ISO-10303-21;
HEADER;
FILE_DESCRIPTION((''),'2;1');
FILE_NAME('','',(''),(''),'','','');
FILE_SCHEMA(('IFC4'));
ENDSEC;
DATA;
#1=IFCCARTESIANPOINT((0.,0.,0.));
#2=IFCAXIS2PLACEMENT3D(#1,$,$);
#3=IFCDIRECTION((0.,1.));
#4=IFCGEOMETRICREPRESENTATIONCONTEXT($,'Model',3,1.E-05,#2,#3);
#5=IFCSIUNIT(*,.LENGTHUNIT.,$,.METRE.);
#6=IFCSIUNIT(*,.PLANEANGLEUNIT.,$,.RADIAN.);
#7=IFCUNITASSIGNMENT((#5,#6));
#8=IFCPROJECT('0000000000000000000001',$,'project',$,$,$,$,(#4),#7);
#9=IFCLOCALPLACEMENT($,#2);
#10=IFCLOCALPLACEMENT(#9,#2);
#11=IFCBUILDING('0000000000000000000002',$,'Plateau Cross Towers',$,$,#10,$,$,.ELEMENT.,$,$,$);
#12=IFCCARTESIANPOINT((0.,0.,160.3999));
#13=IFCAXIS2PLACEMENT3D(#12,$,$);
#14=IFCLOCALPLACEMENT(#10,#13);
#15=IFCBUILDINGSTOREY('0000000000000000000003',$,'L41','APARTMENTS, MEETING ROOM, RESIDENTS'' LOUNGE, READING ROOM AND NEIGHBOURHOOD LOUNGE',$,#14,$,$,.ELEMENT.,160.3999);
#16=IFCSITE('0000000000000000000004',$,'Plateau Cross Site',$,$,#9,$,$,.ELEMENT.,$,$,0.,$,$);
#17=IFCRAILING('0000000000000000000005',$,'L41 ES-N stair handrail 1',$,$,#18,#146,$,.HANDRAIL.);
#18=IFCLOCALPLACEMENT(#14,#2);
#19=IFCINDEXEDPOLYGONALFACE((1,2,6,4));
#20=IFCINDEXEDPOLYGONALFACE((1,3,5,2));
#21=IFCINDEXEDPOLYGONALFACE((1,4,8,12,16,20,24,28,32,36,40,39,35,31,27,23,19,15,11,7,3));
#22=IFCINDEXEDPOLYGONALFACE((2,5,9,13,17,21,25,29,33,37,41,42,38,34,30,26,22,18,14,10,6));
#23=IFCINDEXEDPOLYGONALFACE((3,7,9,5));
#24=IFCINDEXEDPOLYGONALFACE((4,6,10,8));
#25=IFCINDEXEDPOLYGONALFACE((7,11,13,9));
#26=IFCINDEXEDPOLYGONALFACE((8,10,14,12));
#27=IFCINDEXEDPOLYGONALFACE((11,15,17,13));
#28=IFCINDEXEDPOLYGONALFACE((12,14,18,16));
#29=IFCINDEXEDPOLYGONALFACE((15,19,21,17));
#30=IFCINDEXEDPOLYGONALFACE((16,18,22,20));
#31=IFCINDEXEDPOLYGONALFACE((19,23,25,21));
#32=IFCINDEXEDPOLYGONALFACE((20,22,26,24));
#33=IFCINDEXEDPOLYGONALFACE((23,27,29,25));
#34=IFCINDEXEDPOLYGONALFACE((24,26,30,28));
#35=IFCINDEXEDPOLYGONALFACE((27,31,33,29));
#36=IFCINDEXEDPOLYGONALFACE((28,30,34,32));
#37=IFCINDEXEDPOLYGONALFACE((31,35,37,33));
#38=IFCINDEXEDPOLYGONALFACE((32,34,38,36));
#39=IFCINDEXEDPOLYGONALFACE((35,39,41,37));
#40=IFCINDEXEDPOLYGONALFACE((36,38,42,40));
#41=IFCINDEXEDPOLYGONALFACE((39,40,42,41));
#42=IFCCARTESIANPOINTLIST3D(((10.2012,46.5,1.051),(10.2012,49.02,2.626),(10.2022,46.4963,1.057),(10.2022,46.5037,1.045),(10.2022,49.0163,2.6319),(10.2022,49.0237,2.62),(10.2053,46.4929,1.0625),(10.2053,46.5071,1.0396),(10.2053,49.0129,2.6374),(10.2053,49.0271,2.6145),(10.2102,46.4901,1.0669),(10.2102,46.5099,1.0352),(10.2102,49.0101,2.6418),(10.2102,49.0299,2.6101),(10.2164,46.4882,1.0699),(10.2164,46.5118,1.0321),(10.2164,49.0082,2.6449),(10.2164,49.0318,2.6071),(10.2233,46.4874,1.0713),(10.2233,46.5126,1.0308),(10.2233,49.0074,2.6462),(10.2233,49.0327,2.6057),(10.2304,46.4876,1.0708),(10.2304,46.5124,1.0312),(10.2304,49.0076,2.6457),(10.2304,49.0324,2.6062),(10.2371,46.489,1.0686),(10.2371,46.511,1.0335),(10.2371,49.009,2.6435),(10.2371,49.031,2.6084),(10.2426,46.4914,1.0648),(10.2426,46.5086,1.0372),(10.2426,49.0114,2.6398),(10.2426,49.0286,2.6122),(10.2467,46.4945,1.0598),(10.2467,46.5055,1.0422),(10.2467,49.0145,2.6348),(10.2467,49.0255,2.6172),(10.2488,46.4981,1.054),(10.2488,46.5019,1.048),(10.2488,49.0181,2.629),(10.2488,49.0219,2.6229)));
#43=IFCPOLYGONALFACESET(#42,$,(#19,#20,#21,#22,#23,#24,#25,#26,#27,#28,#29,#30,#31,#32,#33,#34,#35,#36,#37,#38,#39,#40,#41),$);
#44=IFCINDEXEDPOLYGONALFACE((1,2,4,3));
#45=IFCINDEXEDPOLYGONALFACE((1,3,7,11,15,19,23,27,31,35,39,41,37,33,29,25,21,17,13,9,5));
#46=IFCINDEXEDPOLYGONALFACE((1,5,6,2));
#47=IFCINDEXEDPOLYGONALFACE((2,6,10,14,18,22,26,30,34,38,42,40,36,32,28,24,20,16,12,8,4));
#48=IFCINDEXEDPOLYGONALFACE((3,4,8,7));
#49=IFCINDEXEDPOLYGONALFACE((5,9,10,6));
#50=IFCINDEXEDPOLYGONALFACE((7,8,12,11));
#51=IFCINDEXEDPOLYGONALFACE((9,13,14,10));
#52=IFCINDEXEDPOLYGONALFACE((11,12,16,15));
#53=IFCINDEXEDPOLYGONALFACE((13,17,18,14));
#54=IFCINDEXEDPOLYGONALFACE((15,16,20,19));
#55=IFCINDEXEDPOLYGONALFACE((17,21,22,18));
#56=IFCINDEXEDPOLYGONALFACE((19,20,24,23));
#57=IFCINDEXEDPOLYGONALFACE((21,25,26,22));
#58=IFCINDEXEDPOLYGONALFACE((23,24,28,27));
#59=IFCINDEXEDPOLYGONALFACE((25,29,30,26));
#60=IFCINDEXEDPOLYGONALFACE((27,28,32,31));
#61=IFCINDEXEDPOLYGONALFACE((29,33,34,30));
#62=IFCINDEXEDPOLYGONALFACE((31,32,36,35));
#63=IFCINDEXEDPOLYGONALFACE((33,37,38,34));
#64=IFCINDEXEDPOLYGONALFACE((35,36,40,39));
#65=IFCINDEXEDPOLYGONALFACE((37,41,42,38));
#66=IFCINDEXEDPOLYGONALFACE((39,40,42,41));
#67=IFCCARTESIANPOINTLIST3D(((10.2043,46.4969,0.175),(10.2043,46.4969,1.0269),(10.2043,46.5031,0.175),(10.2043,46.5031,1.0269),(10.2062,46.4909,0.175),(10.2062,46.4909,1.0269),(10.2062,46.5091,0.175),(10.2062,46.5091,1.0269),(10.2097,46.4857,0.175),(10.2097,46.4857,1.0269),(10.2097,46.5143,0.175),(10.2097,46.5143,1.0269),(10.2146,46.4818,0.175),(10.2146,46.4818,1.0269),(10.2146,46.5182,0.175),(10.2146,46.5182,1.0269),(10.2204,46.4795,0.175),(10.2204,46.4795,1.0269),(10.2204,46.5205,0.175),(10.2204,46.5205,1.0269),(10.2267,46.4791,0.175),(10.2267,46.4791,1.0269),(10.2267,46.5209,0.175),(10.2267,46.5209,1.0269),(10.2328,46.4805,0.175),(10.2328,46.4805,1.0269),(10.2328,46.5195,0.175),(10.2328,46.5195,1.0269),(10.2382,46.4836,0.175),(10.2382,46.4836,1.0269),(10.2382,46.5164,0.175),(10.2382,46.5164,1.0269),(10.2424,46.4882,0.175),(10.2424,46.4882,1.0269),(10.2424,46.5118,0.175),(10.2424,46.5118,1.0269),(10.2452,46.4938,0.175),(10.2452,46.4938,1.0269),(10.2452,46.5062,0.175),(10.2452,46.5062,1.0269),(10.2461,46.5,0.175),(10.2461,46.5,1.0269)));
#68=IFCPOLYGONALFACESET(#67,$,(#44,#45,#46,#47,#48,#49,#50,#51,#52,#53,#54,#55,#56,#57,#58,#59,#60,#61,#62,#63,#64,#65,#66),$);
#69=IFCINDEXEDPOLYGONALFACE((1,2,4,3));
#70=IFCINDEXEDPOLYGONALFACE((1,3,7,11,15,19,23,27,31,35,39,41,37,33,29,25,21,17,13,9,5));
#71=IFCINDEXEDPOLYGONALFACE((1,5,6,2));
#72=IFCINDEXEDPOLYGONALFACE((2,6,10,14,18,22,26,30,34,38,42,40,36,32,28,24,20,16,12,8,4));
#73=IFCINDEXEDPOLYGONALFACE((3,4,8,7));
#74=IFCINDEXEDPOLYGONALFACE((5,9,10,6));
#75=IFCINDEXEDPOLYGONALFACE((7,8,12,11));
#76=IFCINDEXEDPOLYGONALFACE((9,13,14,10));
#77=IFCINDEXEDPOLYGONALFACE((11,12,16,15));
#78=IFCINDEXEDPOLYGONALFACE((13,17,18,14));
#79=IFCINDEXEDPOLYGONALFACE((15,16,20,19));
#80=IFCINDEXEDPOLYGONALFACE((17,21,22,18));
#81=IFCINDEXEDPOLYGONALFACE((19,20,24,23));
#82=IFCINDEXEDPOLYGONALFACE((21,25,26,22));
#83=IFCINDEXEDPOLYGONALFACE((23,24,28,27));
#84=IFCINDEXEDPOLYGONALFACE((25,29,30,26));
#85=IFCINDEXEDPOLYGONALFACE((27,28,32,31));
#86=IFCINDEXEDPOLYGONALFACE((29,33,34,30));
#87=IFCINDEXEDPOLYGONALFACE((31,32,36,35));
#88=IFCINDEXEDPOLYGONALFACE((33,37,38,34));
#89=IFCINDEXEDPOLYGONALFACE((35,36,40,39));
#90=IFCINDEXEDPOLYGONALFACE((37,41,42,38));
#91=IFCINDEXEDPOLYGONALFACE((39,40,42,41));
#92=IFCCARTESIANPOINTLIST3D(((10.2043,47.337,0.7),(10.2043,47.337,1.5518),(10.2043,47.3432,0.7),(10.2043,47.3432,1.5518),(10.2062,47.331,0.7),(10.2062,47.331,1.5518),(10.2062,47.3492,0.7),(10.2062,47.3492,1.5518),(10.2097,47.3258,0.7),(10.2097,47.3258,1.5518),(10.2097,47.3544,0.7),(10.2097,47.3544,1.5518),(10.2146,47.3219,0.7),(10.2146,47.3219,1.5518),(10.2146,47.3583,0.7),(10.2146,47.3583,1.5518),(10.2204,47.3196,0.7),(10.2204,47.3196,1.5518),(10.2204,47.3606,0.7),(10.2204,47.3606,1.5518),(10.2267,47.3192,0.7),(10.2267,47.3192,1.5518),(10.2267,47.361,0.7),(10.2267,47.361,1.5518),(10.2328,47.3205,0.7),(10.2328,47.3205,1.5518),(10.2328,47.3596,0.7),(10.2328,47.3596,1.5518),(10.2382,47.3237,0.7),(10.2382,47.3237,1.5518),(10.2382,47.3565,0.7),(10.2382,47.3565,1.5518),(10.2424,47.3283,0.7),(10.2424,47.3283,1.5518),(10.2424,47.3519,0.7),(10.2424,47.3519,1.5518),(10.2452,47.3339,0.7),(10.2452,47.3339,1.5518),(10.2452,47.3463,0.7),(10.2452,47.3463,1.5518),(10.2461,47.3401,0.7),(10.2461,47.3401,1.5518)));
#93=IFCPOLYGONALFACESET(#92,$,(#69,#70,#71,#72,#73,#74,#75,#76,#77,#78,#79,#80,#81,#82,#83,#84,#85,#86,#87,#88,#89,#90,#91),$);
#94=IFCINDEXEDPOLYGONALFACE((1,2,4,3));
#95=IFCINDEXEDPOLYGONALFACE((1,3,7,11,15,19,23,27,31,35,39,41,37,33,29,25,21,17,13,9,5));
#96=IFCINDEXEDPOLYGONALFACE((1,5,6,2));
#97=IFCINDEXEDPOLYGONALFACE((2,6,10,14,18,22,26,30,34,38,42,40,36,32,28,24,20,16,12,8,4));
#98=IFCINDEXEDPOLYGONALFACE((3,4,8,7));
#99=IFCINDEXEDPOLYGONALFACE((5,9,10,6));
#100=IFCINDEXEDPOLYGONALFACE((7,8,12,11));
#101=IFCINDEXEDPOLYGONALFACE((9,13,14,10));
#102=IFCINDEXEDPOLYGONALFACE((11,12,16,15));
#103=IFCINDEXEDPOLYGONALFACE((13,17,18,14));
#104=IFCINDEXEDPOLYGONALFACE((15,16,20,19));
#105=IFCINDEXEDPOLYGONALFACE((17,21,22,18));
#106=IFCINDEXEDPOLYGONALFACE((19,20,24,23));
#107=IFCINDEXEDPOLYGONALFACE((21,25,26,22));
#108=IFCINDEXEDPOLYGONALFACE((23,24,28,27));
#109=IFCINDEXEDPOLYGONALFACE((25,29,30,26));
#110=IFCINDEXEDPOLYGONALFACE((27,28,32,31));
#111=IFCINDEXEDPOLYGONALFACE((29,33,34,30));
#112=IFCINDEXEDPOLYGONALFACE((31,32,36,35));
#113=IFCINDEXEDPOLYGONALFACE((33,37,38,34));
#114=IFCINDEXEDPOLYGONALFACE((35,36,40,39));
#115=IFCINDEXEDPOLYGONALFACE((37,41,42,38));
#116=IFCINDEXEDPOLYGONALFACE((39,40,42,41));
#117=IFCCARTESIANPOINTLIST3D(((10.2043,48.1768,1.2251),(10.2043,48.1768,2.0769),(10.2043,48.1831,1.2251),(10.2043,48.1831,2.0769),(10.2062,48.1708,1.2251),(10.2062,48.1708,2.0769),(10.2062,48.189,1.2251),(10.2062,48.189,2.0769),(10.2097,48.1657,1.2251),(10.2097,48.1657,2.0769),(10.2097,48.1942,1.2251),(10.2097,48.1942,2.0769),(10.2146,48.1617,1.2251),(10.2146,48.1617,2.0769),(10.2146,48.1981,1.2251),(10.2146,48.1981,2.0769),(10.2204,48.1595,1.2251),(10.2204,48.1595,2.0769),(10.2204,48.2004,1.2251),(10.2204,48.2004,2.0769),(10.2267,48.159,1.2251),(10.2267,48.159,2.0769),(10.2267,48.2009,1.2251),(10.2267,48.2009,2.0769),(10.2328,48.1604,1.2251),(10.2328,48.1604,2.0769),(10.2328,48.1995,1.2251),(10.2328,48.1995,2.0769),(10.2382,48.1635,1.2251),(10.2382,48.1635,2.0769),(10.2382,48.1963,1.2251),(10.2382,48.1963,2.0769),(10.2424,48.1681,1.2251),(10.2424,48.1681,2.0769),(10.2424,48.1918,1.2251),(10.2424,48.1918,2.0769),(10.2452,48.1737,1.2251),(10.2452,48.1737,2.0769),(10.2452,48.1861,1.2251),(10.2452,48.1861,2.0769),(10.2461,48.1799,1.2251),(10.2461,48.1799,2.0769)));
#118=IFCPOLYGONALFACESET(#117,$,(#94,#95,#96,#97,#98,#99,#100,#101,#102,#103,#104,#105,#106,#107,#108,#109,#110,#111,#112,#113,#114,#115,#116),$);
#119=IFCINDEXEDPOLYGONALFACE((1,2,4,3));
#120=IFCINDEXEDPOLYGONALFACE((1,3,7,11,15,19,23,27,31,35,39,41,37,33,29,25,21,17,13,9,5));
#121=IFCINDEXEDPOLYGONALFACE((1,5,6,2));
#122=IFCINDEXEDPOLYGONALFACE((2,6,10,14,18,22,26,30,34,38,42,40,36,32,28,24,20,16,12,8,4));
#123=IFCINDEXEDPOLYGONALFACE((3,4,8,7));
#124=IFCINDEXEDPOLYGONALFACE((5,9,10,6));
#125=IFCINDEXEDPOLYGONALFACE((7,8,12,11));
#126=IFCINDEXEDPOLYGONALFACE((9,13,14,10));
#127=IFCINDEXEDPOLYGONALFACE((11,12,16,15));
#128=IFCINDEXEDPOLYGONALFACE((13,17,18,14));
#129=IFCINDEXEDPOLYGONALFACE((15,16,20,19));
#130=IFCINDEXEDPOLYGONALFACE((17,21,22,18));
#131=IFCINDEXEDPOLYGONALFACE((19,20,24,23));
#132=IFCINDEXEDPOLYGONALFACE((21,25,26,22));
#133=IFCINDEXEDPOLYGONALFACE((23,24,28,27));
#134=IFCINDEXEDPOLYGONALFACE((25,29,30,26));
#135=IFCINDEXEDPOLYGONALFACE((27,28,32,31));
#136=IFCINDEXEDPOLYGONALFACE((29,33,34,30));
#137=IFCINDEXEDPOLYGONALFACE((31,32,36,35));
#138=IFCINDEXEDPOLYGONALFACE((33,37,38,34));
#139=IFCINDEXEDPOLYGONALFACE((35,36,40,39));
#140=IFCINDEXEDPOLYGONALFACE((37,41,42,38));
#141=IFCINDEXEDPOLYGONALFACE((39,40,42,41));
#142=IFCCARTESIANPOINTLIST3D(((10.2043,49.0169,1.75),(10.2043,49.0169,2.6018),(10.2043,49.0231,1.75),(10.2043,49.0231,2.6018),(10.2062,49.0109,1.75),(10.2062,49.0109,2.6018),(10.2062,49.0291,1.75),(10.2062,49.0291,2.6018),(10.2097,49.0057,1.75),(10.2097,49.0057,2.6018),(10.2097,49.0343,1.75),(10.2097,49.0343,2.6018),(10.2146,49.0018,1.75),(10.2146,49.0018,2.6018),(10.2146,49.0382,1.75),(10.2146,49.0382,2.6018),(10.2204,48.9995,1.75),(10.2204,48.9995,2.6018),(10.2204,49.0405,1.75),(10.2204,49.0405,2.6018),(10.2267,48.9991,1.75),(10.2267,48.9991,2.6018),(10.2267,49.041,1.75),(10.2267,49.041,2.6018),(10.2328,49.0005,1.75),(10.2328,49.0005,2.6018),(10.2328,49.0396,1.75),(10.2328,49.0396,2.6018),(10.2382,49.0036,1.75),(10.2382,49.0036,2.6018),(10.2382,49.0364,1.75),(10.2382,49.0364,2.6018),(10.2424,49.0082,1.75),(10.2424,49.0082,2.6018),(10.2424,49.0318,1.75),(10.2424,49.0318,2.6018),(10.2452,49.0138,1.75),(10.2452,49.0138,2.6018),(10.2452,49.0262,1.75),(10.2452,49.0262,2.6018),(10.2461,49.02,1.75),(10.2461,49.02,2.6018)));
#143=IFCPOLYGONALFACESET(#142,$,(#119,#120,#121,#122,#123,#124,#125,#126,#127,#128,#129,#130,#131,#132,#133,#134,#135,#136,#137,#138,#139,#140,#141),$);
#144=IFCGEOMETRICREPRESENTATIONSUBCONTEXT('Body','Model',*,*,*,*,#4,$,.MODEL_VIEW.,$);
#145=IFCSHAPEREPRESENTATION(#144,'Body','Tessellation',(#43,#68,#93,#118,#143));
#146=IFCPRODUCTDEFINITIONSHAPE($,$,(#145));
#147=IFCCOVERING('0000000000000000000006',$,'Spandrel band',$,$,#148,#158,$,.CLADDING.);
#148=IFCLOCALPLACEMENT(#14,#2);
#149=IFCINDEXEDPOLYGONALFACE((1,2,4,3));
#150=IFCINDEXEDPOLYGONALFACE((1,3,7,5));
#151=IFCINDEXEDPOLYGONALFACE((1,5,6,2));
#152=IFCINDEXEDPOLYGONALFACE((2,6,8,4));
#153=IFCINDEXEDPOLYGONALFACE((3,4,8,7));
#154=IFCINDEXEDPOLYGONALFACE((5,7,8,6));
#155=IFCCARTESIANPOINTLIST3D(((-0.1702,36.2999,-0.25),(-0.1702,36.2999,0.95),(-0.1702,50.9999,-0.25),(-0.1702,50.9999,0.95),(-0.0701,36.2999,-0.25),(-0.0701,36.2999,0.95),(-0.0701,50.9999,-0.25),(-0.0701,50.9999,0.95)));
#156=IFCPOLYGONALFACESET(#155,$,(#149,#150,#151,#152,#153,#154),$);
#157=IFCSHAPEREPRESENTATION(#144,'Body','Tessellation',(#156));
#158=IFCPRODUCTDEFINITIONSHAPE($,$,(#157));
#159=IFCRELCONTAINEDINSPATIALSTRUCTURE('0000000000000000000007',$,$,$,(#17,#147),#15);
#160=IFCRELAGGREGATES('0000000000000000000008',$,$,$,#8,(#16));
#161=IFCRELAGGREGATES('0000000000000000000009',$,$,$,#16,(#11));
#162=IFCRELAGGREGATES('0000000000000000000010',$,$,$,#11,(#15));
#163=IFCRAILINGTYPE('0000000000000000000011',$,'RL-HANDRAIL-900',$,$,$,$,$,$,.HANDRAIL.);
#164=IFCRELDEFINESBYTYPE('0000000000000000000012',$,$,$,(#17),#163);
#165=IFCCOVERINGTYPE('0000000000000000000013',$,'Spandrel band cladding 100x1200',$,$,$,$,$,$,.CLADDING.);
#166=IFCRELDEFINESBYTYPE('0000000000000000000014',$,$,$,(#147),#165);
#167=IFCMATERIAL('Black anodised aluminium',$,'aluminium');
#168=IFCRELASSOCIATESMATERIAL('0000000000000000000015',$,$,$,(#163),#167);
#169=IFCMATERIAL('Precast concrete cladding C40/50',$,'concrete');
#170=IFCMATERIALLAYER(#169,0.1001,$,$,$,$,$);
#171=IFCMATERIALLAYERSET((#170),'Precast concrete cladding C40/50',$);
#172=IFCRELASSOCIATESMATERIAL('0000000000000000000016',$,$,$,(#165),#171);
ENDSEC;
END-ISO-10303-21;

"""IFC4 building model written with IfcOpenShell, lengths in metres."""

from ifc_helpers import new_model, si_unit, direction, frame, origin, origin_2d, place, context, subcontext, project, spatial, rectangle, circle, extrude, material, layer, layer_set, type_object, element, save


model = new_model("IFC4")

# Units and contexts
model_context = context("Model", 3, precision=1e-05, world=origin(), true_north=direction((0.0, 1.0)))
body_context = subcontext(model_context, "Body", "Model", "MODEL_VIEW")
ifc_project = project(units=[si_unit("LENGTHUNIT", "METRE"), si_unit("PLANEANGLEUNIT", "RADIAN")], contexts=[model_context])

# Site, building, storey
site_placement = place(None, origin())
site = spatial("IfcSite", under=ifc_project, at=site_placement, Name="Plateau Cross Site", CompositionType="ELEMENT", RefElevation=0.0)
building_placement = place(site_placement, origin())
building = spatial("IfcBuilding", under=site, at=building_placement, Name="Plateau Cross Towers", CompositionType="ELEMENT")
storey_placement = place(building_placement, frame((0.0, 0.0, 160.3999)))
storey = spatial("IfcBuildingStorey", under=building, at=storey_placement, Name="L41", Description="APARTMENTS, MEETING ROOM, RESIDENTS' LOUNGE, READING ROOM AND NEIGHBOURHOOD LOUNGE", CompositionType="ELEMENT", Elevation=160.3999)

# Shared definitions
ifc_material_1 = material(Name="Black anodised aluminium", Category="aluminium")

# Railing
railing_type_1 = type_object("IfcRailingType", Name="RL-HANDRAIL-900", PredefinedType="HANDRAIL", material=ifc_material_1)
railing_1_placement = place(storey_placement, frame((10.2251, 46.5, 0.175)))
element("IfcRailing", 1, at=railing_1_placement, inside=storey, type_object=railing_type_1, Name="L41 ES-N stair handrail 1", PredefinedType="HANDRAIL", context=body_context, shape_type="SweptSolid", body=[
    extrude(circle(Radius=0.0239, at=origin_2d()), frame((0.0, 0.0, 0.876), z_axis=(0.0, 0.848008, 0.529984), x_axis=(-1.0, 0.0, 0.0)), (0.0, 0.0, 1.0), 2.9717),
    extrude(circle(Radius=0.021, at=origin_2d()), origin(), (0.0, 0.0, 1.0), 0.8518),
    extrude(circle(Radius=0.021, at=origin_2d()), frame((0.0, 0.8401, 0.5249)), (0.0, 0.0, 1.0), 0.8518),
    extrude(circle(Radius=0.021, at=origin_2d()), frame((0.0, 1.6799, 1.05)), (0.0, 0.0, 1.0), 0.8518),
    extrude(circle(Radius=0.021, at=origin_2d()), frame((0.0, 2.52, 1.575)), (0.0, 0.0, 1.0), 0.8518),
])

# Covering
ifc_material_2 = material(Name="Precast concrete cladding C40/50", Category="concrete")
ifc_layer_1 = layer(ifc_material_2, 0.1001)
ifc_layer_set_1 = layer_set([ifc_layer_1], Name="Precast concrete cladding C40/50")
covering_type = type_object("IfcCoveringType", Name="Spandrel band cladding 100x1200", PredefinedType="CLADDING", material=ifc_layer_set_1)
covering_placement = place(storey_placement, frame((-0.1201, 43.6499, -0.25), z_axis=(0.0, 0.0, 1.0), x_axis=(0.0, -1.0, 0.0)))
element("IfcCovering", 2, at=covering_placement, inside=storey, type_object=covering_type, Name="Spandrel band", PredefinedType="CLADDING", context=body_context, shape_type="SweptSolid", body=[
    extrude(rectangle(XDim=14.7, YDim=0.1001, at=origin_2d()), origin(), (0.0, 0.0, 1.0), 1.2),
])

save(model, "model.ifc")
